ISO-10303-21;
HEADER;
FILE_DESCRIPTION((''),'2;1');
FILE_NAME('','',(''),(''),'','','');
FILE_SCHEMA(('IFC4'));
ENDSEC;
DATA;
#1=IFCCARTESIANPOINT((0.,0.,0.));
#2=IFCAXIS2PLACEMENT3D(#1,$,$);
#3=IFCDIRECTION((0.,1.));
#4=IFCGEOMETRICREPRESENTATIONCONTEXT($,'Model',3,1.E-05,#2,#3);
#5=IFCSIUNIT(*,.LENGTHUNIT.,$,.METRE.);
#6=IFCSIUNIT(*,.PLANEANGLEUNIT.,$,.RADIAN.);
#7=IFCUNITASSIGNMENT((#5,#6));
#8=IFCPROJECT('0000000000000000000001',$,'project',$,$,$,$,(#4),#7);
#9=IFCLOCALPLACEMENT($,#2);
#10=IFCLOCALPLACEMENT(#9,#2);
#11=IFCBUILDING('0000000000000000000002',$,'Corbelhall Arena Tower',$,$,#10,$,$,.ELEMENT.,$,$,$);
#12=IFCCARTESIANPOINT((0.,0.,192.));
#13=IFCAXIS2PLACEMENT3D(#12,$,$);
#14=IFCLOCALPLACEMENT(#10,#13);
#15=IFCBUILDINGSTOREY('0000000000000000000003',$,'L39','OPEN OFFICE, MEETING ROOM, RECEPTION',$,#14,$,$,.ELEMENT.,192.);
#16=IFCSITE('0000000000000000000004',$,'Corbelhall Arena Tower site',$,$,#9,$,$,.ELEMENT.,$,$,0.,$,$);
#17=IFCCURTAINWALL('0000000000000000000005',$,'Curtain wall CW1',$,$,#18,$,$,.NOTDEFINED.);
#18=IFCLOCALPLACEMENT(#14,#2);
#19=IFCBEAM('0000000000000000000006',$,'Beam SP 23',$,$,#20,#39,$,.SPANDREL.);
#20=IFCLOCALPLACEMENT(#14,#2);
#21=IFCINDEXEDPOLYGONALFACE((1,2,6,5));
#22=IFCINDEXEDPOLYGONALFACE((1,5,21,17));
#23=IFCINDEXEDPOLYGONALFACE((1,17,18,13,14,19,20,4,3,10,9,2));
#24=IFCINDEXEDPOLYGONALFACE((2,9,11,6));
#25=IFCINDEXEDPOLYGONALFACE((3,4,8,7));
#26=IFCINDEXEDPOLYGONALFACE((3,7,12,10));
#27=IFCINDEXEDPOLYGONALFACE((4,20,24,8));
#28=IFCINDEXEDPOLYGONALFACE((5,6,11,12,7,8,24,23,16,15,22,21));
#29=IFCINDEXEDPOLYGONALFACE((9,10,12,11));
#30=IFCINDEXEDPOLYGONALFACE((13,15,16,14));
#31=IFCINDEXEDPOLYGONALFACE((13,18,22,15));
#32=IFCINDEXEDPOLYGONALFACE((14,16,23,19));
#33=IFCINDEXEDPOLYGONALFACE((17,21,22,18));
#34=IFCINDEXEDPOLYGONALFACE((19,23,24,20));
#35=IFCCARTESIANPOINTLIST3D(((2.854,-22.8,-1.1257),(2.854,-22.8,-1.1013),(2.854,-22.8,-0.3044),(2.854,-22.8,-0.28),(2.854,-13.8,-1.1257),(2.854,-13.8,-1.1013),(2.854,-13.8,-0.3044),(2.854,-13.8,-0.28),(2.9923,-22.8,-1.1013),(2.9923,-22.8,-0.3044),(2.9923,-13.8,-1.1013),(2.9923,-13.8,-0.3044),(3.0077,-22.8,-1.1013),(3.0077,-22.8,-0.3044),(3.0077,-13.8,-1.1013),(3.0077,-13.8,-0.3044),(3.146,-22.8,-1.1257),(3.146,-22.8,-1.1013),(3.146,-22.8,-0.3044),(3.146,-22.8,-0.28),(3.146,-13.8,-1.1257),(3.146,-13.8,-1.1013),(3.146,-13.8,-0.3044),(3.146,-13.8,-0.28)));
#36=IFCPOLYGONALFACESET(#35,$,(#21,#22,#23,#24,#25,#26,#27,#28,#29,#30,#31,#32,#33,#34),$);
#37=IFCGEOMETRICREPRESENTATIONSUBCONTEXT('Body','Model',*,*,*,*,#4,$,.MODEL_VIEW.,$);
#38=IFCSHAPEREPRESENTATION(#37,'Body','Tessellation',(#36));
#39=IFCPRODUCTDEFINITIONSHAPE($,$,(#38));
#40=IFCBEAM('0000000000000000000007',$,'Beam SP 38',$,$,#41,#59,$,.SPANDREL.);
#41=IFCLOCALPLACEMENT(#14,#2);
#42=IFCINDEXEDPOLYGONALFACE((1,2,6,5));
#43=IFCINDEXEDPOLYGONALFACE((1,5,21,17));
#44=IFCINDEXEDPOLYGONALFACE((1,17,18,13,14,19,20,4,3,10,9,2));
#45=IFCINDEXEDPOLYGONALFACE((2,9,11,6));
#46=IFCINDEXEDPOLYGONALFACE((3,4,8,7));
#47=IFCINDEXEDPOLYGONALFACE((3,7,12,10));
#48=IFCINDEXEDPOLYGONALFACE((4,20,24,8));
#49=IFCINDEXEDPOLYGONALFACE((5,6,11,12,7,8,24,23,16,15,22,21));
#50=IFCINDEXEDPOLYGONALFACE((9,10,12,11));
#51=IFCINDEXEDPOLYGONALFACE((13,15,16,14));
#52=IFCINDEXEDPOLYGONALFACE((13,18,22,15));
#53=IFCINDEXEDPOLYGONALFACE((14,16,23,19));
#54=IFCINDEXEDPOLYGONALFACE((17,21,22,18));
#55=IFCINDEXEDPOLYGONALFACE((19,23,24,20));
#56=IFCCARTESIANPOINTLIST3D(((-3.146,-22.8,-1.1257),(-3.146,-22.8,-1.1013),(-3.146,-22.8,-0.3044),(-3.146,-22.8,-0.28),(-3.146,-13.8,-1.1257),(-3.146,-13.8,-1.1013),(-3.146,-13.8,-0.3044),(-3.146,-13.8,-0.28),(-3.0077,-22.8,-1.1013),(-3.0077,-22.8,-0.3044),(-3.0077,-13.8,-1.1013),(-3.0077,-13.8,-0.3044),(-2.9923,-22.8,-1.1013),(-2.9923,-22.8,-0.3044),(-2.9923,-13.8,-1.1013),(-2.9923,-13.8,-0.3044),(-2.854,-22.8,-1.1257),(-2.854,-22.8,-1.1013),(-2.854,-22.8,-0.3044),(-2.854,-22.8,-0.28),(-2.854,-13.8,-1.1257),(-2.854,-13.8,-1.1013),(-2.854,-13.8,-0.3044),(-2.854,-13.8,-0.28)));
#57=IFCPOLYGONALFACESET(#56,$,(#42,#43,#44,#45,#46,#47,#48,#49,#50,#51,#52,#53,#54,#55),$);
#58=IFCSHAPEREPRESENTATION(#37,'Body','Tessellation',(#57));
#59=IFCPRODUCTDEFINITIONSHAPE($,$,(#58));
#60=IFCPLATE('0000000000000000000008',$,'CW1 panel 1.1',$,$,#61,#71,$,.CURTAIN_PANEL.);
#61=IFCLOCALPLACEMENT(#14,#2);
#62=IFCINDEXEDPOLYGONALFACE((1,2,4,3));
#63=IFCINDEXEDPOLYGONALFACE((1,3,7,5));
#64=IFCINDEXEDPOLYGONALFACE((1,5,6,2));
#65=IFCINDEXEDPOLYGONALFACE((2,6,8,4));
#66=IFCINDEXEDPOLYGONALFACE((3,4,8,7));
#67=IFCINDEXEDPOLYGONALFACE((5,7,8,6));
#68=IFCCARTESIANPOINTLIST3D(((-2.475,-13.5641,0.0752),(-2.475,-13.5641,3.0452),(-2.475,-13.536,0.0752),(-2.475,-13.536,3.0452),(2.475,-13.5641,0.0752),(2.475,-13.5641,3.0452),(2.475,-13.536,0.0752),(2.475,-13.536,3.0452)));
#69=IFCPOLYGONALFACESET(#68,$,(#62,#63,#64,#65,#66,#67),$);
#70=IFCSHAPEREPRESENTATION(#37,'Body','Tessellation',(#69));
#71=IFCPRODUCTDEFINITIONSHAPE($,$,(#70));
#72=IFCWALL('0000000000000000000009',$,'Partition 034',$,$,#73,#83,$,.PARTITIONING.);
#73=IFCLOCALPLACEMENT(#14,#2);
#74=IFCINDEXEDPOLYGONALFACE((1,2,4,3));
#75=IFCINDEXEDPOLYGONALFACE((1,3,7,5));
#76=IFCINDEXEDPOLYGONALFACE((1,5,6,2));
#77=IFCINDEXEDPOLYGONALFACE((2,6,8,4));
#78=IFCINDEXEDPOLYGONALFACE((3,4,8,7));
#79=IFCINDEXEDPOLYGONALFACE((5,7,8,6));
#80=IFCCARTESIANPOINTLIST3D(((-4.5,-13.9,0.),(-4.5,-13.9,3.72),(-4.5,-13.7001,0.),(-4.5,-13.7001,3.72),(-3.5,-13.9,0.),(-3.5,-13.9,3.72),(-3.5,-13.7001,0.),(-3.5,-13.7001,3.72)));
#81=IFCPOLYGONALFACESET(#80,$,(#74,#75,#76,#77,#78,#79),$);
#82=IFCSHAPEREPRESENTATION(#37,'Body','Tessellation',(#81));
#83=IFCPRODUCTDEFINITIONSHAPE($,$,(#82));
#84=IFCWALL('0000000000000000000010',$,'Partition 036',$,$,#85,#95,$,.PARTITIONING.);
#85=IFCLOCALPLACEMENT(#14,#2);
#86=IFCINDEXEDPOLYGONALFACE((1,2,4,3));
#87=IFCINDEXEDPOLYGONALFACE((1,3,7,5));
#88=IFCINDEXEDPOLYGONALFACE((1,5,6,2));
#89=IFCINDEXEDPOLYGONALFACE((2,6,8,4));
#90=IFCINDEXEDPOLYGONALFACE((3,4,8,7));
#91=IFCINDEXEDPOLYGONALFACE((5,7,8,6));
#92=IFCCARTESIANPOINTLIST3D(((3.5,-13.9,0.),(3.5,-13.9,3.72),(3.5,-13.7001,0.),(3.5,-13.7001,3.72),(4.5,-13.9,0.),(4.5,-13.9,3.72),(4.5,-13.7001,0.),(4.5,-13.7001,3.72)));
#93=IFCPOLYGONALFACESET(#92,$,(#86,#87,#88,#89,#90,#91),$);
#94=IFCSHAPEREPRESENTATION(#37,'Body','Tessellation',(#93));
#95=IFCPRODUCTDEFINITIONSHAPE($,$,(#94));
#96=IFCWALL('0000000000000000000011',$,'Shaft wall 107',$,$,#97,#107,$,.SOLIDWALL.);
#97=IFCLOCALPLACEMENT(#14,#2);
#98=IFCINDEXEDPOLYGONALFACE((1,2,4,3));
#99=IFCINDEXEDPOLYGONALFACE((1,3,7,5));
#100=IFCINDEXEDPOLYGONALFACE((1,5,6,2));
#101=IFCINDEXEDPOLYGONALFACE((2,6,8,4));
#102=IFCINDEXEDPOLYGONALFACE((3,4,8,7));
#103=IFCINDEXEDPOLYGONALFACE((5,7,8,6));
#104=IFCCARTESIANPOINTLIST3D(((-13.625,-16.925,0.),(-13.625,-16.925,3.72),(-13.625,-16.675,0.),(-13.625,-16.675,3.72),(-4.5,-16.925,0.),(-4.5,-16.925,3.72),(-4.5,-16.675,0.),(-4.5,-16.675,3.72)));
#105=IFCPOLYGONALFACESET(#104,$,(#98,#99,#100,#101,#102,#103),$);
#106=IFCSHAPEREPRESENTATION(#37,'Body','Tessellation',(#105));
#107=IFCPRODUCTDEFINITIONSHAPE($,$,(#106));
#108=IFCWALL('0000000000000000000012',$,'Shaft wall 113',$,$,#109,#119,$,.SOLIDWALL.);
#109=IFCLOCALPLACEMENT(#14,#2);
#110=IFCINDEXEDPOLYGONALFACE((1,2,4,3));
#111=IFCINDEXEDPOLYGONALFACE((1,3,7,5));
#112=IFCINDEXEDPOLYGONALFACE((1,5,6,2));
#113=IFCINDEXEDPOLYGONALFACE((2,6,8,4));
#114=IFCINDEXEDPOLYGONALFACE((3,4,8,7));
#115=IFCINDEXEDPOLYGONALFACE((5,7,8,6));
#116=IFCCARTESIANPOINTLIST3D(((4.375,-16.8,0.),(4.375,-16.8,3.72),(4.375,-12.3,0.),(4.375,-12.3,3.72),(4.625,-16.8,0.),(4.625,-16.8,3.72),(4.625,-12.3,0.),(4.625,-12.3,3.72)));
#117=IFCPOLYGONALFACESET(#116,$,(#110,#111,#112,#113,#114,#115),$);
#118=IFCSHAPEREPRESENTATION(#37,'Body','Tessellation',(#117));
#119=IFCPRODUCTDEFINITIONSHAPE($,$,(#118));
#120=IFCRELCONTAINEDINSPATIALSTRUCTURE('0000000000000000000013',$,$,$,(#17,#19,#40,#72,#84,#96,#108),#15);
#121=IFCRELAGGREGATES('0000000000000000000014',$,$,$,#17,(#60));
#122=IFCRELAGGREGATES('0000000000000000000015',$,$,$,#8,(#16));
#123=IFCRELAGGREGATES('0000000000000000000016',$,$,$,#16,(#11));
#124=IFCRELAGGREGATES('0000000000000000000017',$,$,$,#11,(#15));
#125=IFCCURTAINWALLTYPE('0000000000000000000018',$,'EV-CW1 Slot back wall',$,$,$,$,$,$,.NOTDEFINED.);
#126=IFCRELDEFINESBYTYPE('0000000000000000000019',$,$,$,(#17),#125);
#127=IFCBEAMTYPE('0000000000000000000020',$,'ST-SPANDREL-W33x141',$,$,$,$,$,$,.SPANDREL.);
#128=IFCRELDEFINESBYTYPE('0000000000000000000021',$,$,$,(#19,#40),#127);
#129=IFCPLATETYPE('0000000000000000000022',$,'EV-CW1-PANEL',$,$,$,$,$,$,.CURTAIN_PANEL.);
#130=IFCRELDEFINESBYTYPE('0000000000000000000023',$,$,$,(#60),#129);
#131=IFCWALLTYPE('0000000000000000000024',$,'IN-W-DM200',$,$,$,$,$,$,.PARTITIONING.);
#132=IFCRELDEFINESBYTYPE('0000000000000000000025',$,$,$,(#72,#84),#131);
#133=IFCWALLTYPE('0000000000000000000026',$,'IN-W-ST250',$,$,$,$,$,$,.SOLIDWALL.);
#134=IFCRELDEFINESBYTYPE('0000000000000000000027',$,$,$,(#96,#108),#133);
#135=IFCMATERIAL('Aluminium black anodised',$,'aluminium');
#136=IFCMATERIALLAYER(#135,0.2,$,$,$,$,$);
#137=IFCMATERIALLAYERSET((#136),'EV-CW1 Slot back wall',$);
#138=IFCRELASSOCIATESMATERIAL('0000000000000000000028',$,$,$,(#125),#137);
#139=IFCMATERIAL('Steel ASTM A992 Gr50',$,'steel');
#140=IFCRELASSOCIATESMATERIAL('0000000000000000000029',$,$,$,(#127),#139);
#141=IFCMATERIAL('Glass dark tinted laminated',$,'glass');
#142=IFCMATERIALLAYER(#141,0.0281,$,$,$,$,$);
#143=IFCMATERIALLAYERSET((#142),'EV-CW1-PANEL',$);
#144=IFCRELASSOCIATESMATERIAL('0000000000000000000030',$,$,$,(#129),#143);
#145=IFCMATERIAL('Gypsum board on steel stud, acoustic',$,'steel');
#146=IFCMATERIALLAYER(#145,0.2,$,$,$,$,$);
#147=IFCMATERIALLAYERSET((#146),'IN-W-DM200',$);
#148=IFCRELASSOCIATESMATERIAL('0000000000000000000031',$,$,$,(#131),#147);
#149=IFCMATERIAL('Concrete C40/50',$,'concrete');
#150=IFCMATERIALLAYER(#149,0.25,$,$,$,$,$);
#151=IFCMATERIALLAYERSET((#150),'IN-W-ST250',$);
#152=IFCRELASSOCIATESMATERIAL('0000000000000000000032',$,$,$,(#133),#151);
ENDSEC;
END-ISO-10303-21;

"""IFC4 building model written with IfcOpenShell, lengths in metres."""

from ifc_helpers import new_model, si_unit, direction, frame, frame_2d, origin, origin_2d, place, context, subcontext, project, spatial, rectangle, i_section, extrude, material, layer, layer_set, material_profile, profile_set, type_object, element, aggregate, save


model = new_model("IFC4")

# Units and contexts
model_context = context("Model", 3, precision=1e-05, world=origin(), true_north=direction((0.0, 1.0)))
body_context = subcontext(model_context, "Body", "Model", "MODEL_VIEW")
ifc_project = project(units=[si_unit("LENGTHUNIT", "METRE"), si_unit("PLANEANGLEUNIT", "RADIAN")], contexts=[model_context])

# Site, building, storey
site_placement = place(None, origin())
site = spatial("IfcSite", under=ifc_project, at=site_placement, Name="Corbelhall Arena Tower site", CompositionType="ELEMENT", RefElevation=0.0)
building_placement = place(site_placement, origin())
building = spatial("IfcBuilding", under=site, at=building_placement, Name="Corbelhall Arena Tower", CompositionType="ELEMENT")
storey_placement = place(building_placement, frame((0.0, 0.0, 192.0)))
storey = spatial("IfcBuildingStorey", under=building, at=storey_placement, Name="L39", Description="OPEN OFFICE, MEETING ROOM, RECEPTION", CompositionType="ELEMENT", Elevation=192.0)

# Curtain wall
ifc_material_1 = material(Name="Aluminium black anodised", Category="aluminium")
ifc_layer_1 = layer(ifc_material_1, 0.2)
ifc_layer_set_1 = layer_set([ifc_layer_1], Name="EV-CW1 Slot back wall")
curtain_wall_type = type_object("IfcCurtainWallType", Name="EV-CW1 Slot back wall", PredefinedType="NOTDEFINED", material=ifc_layer_set_1)
curtain_wall_placement = place(storey_placement, origin())
curtain_wall = element("IfcCurtainWall", 1, at=curtain_wall_placement, inside=storey, type_object=curtain_wall_type, Name="Curtain wall CW1", PredefinedType="NOTDEFINED")

# Beams
ifc_material_2 = material(Name="Steel ASTM A992 Gr50", Category="steel")
ifc_material_profile_1 = material_profile(ifc_material_2, i_section(OverallWidth=0.292, OverallDepth=0.8457, WebThickness=0.0154, FlangeThickness=0.0244, at=origin_2d()))
ifc_profile_set_1 = profile_set([ifc_material_profile_1], Name="Steel ASTM A992 Gr50")
beam_type_1 = type_object("IfcBeamType", Name="ST-SPANDREL-W33x141", PredefinedType="SPANDREL", material=ifc_profile_set_1)
for number, where, z_axis, x_axis, name in (
    (2, (3.0, -22.8, -0.7029), (0.0, 1.0, 0.0), (-1.0, 0.0, 0.0), "Beam SP 23"),
    (3, (-3.0, -13.8, -0.7029), (0.0, -1.0, 0.0), (1.0, 0.0, 0.0), "Beam SP 38"),
):
    element("IfcBeam", number, at=place(storey_placement, frame(where, z_axis=z_axis, x_axis=x_axis)), inside=storey, type_object=beam_type_1, Name=name, PredefinedType="SPANDREL", context=body_context, shape_type="SweptSolid", body=[
        extrude(i_section(OverallWidth=0.292, OverallDepth=0.8457, WebThickness=0.0154, FlangeThickness=0.0244, at=origin_2d()), origin(), (0.0, 0.0, 1.0), 9.0),
    ])

# Plate
ifc_material_3 = material(Name="Glass dark tinted laminated", Category="glass")
ifc_layer_2 = layer(ifc_material_3, 0.0281)
ifc_layer_set_2 = layer_set([ifc_layer_2], Name="EV-CW1-PANEL")
plate_type = type_object("IfcPlateType", Name="EV-CW1-PANEL", PredefinedType="CURTAIN_PANEL", material=ifc_layer_set_2)
plate_placement = place(storey_placement, frame((0.0, -13.55, 0.0752), z_axis=(0.0, 0.0, 1.0), x_axis=(1.0, 0.0, 0.0)))
plate = element("IfcPlate", 4, at=plate_placement, type_object=plate_type, Name="CW1 panel 1.1", PredefinedType="CURTAIN_PANEL", context=body_context, shape_type="SweptSolid", body=[
    extrude(rectangle(XDim=4.95, YDim=0.0281, at=origin_2d()), origin(), (0.0, 0.0, 1.0), 2.97),
])
aggregate(curtain_wall, [plate])

# Walls
ifc_material_4 = material(Name="Gypsum board on steel stud, acoustic", Category="steel")
ifc_layer_3 = layer(ifc_material_4, 0.2)
ifc_layer_set_3 = layer_set([ifc_layer_3], Name="IN-W-DM200")
wall_type_1 = type_object("IfcWallType", Name="IN-W-DM200", PredefinedType="PARTITIONING", material=ifc_layer_set_3)
for number, where, z_axis, x_axis, name in (
    (5, (-3.5, -13.8, 0.0), (0.0, 0.0, 1.0), (-1.0, 0.0, 0.0), "Partition 034"),
    (6, (4.5, -13.8, 0.0), (0.0, 0.0, 1.0), (-1.0, 0.0, 0.0), "Partition 036"),
):
    element("IfcWall", number, at=place(storey_placement, frame(where, z_axis=z_axis, x_axis=x_axis)), inside=storey, type_object=wall_type_1, Name=name, PredefinedType="PARTITIONING", context=body_context, shape_type="SweptSolid", body=[
        extrude(rectangle(XDim=1.0, YDim=0.2, at=frame_2d((0.5, 0.0))), origin(), (0.0, 0.0, 1.0), 3.72),
    ])
ifc_material_5 = material(Name="Concrete C40/50", Category="concrete")
ifc_layer_4 = layer(ifc_material_5, 0.25)
ifc_layer_set_4 = layer_set([ifc_layer_4], Name="IN-W-ST250")
wall_type_2 = type_object("IfcWallType", Name="IN-W-ST250", PredefinedType="SOLIDWALL", material=ifc_layer_set_4)
wall_1_placement = place(storey_placement, frame((-4.5, -16.8, 0.0), z_axis=(0.0, 0.0, 1.0), x_axis=(-1.0, 0.0, 0.0)))
element("IfcWall", 7, at=wall_1_placement, inside=storey, type_object=wall_type_2, Name="Shaft wall 107", PredefinedType="SOLIDWALL", context=body_context, shape_type="SweptSolid", body=[
    extrude(rectangle(XDim=9.125, YDim=0.25, at=frame_2d((4.5625, 0.0))), origin(), (0.0, 0.0, 1.0), 3.72),
])
wall_2_placement = place(storey_placement, frame((4.5, -16.8, 0.0), z_axis=(0.0, 0.0, 1.0), x_axis=(0.0, 1.0, 0.0)))
element("IfcWall", 8, at=wall_2_placement, inside=storey, type_object=wall_type_2, Name="Shaft wall 113", PredefinedType="SOLIDWALL", context=body_context, shape_type="SweptSolid", body=[
    extrude(rectangle(XDim=4.5, YDim=0.25, at=frame_2d((2.25, 0.0))), origin(), (0.0, 0.0, 1.0), 3.72),
])

save(model, "model.ifc")
